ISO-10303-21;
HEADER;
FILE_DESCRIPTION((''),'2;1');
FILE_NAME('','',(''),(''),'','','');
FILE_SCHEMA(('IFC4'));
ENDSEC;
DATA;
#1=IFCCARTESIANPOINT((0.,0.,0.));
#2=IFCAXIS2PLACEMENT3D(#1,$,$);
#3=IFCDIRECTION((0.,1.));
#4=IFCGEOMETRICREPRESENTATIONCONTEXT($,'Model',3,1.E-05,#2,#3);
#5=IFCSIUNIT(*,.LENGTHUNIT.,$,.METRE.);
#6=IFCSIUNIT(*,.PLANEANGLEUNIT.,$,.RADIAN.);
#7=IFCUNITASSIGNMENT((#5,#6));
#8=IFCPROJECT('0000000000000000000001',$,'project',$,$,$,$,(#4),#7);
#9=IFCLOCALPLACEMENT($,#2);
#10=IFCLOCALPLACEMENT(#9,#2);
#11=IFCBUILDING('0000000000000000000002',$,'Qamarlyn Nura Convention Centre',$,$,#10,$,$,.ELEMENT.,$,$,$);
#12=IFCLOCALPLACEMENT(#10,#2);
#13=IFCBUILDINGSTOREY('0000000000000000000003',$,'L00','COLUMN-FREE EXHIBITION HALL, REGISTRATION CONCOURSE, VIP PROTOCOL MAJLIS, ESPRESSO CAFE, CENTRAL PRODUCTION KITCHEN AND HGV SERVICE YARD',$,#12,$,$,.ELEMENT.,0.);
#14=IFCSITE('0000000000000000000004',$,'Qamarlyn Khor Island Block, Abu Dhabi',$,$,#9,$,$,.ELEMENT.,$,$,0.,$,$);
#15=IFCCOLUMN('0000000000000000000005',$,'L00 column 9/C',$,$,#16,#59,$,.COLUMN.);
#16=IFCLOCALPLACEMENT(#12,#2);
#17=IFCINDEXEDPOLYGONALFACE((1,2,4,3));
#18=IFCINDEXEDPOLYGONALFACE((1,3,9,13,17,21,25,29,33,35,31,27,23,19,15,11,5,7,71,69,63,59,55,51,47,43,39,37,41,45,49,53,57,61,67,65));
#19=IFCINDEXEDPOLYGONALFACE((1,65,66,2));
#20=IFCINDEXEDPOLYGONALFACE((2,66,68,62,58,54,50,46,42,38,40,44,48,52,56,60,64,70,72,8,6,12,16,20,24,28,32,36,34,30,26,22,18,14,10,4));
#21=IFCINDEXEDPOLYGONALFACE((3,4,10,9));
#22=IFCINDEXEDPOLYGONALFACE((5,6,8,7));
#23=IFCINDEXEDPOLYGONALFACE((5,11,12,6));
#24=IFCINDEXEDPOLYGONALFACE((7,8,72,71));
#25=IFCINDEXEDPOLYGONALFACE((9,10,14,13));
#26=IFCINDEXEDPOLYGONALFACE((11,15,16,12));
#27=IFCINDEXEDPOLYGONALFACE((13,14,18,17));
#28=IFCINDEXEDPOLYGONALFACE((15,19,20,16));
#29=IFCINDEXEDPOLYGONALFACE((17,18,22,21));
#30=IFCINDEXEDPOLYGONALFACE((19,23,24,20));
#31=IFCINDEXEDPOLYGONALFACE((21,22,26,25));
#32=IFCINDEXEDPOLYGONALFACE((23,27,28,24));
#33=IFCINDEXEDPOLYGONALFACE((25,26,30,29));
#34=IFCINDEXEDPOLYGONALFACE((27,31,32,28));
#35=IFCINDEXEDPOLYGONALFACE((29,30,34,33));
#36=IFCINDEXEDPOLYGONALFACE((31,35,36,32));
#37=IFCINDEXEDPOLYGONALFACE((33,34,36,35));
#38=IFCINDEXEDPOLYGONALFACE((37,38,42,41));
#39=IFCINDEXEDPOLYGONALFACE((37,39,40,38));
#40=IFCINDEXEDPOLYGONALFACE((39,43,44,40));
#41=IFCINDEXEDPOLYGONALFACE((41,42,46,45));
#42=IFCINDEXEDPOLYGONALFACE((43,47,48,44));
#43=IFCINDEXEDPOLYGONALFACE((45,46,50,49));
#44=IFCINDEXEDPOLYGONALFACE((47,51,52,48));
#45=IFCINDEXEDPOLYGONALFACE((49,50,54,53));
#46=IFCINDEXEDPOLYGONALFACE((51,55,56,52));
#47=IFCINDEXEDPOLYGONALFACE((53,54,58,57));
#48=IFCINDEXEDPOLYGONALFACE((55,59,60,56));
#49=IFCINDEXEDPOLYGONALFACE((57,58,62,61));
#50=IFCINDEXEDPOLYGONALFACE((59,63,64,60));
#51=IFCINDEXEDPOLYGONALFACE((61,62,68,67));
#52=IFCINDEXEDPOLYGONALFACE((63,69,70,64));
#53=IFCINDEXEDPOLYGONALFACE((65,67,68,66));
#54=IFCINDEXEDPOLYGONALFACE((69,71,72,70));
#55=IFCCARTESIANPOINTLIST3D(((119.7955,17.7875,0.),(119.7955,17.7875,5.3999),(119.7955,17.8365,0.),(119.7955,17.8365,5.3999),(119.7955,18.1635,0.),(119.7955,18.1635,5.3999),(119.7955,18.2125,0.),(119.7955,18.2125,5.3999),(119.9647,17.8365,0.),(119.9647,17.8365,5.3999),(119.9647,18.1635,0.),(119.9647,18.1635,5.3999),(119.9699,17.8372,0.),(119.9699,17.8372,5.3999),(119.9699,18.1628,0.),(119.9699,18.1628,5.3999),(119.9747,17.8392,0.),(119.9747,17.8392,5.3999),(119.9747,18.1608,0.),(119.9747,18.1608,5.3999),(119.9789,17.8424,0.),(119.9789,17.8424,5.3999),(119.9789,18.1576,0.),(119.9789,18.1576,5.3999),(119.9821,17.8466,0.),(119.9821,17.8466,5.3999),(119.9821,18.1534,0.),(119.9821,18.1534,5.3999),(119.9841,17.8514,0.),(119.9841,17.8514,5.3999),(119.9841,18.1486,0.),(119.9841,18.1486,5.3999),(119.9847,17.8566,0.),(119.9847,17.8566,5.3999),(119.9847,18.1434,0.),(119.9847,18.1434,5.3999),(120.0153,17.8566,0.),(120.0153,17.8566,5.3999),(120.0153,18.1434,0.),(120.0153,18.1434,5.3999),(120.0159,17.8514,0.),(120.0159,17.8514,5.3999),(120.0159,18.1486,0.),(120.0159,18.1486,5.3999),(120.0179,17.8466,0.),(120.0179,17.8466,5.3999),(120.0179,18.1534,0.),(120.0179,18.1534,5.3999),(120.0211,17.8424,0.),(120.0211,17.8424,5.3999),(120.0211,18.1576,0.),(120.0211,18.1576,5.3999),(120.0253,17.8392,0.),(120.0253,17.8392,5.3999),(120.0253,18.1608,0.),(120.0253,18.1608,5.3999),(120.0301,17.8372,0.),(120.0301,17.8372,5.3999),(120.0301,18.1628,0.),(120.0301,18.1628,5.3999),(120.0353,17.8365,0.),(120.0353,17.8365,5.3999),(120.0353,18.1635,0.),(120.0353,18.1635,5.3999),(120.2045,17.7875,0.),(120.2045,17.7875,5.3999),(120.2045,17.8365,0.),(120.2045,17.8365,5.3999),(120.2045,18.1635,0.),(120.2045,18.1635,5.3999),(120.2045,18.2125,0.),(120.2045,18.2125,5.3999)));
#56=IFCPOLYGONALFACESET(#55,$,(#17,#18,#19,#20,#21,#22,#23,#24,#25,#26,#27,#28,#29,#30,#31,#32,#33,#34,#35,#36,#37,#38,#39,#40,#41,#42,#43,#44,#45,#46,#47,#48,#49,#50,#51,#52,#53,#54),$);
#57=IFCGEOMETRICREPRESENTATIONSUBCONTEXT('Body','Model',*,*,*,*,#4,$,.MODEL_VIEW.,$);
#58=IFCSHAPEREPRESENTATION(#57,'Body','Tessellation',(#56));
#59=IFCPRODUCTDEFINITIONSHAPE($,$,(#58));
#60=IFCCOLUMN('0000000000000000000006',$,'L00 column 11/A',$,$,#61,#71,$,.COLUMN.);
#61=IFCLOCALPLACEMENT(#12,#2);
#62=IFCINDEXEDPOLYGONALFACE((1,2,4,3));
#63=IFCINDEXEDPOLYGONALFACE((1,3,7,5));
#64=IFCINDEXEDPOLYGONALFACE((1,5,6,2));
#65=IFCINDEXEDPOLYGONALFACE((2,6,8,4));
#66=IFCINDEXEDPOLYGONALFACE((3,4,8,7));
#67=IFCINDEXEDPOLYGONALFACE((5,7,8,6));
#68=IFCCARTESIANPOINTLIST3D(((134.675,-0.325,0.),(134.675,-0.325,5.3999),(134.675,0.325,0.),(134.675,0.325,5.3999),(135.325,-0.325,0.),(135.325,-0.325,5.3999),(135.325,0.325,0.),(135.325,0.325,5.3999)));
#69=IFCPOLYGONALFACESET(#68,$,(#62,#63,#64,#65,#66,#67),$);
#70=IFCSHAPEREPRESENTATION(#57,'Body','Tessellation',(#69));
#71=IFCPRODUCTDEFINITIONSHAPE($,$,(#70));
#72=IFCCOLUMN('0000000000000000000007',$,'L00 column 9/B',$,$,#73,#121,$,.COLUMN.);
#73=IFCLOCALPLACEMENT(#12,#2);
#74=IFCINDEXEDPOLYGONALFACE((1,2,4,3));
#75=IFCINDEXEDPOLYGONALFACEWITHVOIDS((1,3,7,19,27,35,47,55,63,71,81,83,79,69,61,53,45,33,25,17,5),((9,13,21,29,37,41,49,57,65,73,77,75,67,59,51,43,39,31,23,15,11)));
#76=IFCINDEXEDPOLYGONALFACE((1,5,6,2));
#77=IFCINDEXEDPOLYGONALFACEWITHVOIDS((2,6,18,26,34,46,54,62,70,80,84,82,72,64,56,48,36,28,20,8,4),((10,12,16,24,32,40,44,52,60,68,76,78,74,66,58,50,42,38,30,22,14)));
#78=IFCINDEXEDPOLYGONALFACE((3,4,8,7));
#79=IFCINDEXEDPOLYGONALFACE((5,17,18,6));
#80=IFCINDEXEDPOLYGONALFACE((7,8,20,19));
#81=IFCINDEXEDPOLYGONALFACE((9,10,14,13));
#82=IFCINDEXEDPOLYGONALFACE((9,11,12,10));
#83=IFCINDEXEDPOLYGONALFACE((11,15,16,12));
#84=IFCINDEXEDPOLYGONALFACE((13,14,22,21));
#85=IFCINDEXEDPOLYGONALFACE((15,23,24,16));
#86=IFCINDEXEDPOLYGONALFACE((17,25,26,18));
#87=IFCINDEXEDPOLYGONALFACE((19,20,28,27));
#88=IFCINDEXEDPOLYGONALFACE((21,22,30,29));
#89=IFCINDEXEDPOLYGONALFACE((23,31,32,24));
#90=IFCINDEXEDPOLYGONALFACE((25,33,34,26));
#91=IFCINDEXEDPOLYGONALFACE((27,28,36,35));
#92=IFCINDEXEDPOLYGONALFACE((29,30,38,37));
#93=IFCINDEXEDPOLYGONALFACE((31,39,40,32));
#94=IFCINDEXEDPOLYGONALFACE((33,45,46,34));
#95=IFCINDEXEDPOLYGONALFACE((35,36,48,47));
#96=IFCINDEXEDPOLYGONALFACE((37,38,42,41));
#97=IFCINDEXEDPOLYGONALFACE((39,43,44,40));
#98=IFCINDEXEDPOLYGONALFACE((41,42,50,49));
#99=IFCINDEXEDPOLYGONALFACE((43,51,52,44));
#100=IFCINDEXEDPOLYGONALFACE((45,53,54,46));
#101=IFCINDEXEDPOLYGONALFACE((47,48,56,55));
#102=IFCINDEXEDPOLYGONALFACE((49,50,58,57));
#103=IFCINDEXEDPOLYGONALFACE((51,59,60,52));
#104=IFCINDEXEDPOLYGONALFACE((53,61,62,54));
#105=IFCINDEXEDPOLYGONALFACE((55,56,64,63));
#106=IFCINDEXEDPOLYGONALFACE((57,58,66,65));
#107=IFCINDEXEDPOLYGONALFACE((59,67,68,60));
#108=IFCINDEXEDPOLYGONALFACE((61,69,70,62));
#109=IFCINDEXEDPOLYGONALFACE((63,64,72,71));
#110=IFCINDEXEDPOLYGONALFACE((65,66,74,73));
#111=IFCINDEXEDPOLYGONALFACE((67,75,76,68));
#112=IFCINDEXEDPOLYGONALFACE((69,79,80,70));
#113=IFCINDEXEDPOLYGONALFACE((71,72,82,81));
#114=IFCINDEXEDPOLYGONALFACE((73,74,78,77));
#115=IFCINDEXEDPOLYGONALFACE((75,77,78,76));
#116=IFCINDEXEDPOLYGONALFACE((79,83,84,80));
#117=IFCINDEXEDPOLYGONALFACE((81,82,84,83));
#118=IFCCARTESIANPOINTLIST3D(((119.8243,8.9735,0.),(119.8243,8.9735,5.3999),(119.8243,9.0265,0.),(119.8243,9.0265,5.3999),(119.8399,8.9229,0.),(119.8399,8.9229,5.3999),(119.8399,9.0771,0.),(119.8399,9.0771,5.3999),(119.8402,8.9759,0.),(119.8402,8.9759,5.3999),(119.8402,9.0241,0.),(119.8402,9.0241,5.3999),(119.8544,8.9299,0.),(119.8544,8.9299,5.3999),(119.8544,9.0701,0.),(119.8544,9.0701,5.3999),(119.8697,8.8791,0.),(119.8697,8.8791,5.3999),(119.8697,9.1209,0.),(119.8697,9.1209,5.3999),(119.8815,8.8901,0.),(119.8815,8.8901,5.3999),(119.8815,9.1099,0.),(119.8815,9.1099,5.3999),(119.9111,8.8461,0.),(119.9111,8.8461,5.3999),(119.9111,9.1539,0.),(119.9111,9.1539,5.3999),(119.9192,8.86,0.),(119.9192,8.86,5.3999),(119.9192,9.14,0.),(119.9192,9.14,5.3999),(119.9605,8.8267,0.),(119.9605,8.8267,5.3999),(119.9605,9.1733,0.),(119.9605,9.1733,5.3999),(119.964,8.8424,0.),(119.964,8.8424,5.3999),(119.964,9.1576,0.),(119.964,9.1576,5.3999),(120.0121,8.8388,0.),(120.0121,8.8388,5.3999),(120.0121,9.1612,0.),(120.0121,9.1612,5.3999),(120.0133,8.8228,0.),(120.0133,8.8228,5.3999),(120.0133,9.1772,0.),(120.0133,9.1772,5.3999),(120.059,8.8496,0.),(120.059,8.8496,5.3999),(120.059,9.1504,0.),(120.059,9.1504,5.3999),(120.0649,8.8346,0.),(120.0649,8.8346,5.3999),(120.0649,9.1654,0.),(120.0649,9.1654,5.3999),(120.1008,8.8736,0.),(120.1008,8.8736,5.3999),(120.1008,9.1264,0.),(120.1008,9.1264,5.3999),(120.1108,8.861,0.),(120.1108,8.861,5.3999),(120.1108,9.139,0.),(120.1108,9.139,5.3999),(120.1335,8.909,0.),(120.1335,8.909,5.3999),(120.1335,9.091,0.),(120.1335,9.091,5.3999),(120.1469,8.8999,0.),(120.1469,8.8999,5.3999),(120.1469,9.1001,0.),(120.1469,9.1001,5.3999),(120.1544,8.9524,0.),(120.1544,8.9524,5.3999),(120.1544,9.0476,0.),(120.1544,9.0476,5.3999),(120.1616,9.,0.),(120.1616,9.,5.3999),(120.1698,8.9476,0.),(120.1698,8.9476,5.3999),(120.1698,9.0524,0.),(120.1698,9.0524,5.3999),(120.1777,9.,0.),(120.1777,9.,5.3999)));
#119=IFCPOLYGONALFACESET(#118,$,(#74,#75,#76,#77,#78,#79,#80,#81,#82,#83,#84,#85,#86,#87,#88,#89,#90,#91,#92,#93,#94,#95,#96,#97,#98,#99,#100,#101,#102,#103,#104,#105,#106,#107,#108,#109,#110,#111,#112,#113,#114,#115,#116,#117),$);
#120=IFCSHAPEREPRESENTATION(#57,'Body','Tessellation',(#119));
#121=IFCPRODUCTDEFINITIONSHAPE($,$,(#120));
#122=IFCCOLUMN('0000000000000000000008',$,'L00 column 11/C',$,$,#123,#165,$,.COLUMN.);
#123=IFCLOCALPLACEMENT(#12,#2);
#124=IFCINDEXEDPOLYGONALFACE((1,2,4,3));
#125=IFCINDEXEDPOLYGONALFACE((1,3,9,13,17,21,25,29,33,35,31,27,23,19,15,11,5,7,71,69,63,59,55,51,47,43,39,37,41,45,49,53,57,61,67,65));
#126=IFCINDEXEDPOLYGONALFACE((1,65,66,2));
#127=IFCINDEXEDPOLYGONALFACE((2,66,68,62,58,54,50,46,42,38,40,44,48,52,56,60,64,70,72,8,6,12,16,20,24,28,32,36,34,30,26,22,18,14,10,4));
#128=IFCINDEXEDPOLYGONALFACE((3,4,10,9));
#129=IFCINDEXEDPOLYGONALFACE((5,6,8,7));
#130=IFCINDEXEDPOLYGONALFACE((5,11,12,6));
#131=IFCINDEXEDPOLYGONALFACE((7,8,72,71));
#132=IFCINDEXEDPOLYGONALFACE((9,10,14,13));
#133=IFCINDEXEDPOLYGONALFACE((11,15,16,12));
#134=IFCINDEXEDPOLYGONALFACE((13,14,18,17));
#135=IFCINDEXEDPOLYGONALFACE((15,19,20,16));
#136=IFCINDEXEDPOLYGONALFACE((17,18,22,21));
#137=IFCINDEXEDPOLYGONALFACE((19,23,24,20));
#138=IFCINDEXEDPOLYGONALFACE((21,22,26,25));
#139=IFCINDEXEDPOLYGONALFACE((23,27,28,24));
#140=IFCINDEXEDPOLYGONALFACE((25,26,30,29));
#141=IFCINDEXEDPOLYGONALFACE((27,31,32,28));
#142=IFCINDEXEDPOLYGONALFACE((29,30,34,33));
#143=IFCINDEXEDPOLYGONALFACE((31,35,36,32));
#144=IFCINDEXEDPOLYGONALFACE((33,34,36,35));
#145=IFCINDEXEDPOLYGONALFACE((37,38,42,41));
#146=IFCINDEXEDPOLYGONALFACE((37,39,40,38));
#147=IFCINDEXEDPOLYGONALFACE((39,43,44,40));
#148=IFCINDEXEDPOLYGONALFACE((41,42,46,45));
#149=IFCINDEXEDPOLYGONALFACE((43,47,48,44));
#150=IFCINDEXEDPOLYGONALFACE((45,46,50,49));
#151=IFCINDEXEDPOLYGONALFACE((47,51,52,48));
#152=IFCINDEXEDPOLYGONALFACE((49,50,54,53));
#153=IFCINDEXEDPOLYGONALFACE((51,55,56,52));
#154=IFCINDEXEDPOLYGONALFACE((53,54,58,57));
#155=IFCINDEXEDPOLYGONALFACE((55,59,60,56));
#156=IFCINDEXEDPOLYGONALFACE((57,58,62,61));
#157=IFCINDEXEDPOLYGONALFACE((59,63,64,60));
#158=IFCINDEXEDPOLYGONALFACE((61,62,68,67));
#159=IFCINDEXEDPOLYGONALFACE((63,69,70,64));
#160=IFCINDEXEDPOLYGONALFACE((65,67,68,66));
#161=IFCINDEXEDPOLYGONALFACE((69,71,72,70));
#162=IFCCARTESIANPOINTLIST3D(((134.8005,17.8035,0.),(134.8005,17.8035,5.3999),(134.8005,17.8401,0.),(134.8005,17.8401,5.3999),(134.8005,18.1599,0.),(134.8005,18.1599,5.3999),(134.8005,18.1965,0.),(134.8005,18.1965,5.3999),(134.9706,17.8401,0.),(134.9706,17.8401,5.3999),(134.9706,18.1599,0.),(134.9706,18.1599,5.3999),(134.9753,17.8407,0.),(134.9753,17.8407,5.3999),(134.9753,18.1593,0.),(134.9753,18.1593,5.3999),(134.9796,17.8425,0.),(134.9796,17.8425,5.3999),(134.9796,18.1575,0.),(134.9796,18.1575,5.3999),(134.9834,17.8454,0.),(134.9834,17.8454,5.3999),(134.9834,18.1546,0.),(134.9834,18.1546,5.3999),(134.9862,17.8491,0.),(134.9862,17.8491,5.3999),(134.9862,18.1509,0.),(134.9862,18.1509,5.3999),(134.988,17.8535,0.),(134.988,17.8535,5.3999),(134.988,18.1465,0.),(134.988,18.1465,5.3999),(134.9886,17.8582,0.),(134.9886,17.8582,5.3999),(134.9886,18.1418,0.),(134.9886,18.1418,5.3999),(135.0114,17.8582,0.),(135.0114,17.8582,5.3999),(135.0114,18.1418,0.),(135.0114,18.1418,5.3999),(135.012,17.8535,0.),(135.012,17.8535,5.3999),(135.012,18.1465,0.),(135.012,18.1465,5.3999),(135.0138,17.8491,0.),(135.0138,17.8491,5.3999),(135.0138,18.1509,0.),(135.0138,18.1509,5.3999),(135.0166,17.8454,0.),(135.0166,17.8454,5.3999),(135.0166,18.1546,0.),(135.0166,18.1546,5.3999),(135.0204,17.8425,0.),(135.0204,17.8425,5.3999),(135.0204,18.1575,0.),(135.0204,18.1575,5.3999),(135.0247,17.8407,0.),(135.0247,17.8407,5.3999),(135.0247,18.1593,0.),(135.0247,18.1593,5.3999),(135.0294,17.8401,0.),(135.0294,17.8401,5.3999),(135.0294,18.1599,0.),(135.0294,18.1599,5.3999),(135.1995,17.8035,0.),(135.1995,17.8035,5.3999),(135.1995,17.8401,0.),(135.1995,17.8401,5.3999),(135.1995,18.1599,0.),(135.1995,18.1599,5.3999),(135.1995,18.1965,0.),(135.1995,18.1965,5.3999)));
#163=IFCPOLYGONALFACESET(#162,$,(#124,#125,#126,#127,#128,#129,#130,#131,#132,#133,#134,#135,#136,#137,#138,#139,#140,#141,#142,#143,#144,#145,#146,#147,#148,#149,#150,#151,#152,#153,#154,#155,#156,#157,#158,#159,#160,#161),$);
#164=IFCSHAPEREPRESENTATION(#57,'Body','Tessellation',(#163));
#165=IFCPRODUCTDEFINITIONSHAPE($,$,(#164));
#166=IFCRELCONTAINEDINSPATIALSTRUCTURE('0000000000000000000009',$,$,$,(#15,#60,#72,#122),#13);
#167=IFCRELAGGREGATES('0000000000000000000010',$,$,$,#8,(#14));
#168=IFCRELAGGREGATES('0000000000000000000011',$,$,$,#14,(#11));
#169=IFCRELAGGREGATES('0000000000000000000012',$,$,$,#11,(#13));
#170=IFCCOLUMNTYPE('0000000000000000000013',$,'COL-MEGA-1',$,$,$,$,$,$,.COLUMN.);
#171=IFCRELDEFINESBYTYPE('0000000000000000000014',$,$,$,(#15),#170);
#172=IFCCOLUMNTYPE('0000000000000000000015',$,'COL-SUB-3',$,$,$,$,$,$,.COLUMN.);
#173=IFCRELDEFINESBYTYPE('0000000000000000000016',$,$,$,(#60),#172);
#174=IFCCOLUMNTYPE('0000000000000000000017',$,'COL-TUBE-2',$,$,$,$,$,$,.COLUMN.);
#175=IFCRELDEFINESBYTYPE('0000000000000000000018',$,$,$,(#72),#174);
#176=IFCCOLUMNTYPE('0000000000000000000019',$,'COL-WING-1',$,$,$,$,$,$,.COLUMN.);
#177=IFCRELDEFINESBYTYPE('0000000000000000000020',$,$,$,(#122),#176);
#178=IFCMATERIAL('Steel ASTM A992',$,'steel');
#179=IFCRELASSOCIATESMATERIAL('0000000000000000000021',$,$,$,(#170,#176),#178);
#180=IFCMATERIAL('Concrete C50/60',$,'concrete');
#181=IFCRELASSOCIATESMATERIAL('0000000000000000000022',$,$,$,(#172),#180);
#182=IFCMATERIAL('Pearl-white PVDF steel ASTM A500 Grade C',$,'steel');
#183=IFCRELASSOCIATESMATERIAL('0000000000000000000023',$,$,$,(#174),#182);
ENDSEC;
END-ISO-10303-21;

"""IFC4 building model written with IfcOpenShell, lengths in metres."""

from ifc_helpers import new_model, si_unit, direction, frame, origin, origin_2d, place, context, subcontext, project, spatial, rectangle, hollow_circle, i_section, extrude, material, material_profile, profile_set, type_object, element, save


model = new_model("IFC4")

# Units and contexts
model_context = context("Model", 3, precision=1e-05, world=origin(), true_north=direction((0.0, 1.0)))
body_context = subcontext(model_context, "Body", "Model", "MODEL_VIEW")
ifc_project = project(units=[si_unit("LENGTHUNIT", "METRE"), si_unit("PLANEANGLEUNIT", "RADIAN")], contexts=[model_context])

# Site, building, storey
site_placement = place(None, origin())
site = spatial("IfcSite", under=ifc_project, at=site_placement, Name="Qamarlyn Khor Island Block, Abu Dhabi", CompositionType="ELEMENT", RefElevation=0.0)
building_placement = place(site_placement, origin())
building = spatial("IfcBuilding", under=site, at=building_placement, Name="Qamarlyn Nura Convention Centre", CompositionType="ELEMENT")
storey_placement = place(building_placement, origin())
storey = spatial("IfcBuildingStorey", under=building, at=storey_placement, Name="L00", Description="COLUMN-FREE EXHIBITION HALL, REGISTRATION CONCOURSE, VIP PROTOCOL MAJLIS, ESPRESSO CAFE, CENTRAL PRODUCTION KITCHEN AND HGV SERVICE YARD", CompositionType="ELEMENT", Elevation=0.0)

# Columns
ifc_material_1 = material(Name="Steel ASTM A992", Category="steel")
ifc_material_profile_1 = material_profile(ifc_material_1, i_section(OverallWidth=0.4089, OverallDepth=0.425, WebThickness=0.0305, FlangeThickness=0.0491, FilletRadius=0.02, at=origin_2d()), Name="W360X421")
ifc_profile_set_1 = profile_set([ifc_material_profile_1], Name="Steel ASTM A992")
column_type_1 = type_object("IfcColumnType", Name="COL-MEGA-1", PredefinedType="COLUMN", material=ifc_profile_set_1)
column_1_placement = place(storey_placement, frame((120.0, 18.0, 0.0), z_axis=(0.0, 0.0, 1.0), x_axis=(1.0, 0.0, 0.0)))
element("IfcColumn", 1, at=column_1_placement, inside=storey, type_object=column_type_1, Name="L00 column 9/C", PredefinedType="COLUMN", context=body_context, shape_type="SweptSolid", body=[
    extrude(i_section(OverallWidth=0.4089, OverallDepth=0.425, WebThickness=0.0305, FlangeThickness=0.0491, FilletRadius=0.02, at=origin_2d()), origin(), (0.0, 0.0, 1.0), 5.3999),
])
ifc_material_2 = material(Name="Concrete C50/60", Category="concrete")
ifc_material_profile_2 = material_profile(ifc_material_2, rectangle(XDim=0.6499, YDim=0.6499, at=origin_2d()), Name="RC 650x650")
ifc_profile_set_2 = profile_set([ifc_material_profile_2], Name="Concrete C50/60")
column_type_2 = type_object("IfcColumnType", Name="COL-SUB-3", PredefinedType="COLUMN", material=ifc_profile_set_2)
column_2_placement = place(storey_placement, frame((135.0, 0.0, 0.0), z_axis=(0.0, 0.0, 1.0), x_axis=(1.0, 0.0, 0.0)))
element("IfcColumn", 2, at=column_2_placement, inside=storey, type_object=column_type_2, Name="L00 column 11/A", PredefinedType="COLUMN", context=body_context, shape_type="SweptSolid", body=[
    extrude(rectangle(XDim=0.6499, YDim=0.6499, at=origin_2d()), origin(), (0.0, 0.0, 1.0), 5.3999),
])
ifc_material_3 = material(Name="Pearl-white PVDF steel ASTM A500 Grade C", Category="steel")
ifc_material_profile_3 = material_profile(ifc_material_3, hollow_circle(Radius=0.1777, WallThickness=0.0161, at=origin_2d()), Name="CHS355.6X16")
ifc_profile_set_3 = profile_set([ifc_material_profile_3], Name="Pearl-white PVDF steel ASTM A500 Grade C")
column_type_3 = type_object("IfcColumnType", Name="COL-TUBE-2", PredefinedType="COLUMN", material=ifc_profile_set_3)
column_3_placement = place(storey_placement, frame((120.0, 9.0, 0.0), z_axis=(0.0, 0.0, 1.0), x_axis=(1.0, 0.0, 0.0)))
element("IfcColumn", 3, at=column_3_placement, inside=storey, type_object=column_type_3, Name="L00 column 9/B", PredefinedType="COLUMN", context=body_context, shape_type="SweptSolid", body=[
    extrude(hollow_circle(Radius=0.1777, WallThickness=0.0161, at=origin_2d()), origin(), (0.0, 0.0, 1.0), 5.3999),
])
ifc_material_profile_4 = material_profile(ifc_material_1, i_section(OverallWidth=0.3989, OverallDepth=0.3931, WebThickness=0.0227, FlangeThickness=0.0366, FilletRadius=0.0181, at=origin_2d()), Name="W360X287")
ifc_profile_set_4 = profile_set([ifc_material_profile_4], Name="Steel ASTM A992")
column_type_4 = type_object("IfcColumnType", Name="COL-WING-1", PredefinedType="COLUMN", material=ifc_profile_set_4)
column_4_placement = place(storey_placement, frame((135.0, 18.0, 0.0), z_axis=(0.0, 0.0, 1.0), x_axis=(1.0, 0.0, 0.0)))
element("IfcColumn", 4, at=column_4_placement, inside=storey, type_object=column_type_4, Name="L00 column 11/C", PredefinedType="COLUMN", context=body_context, shape_type="SweptSolid", body=[
    extrude(i_section(OverallWidth=0.3989, OverallDepth=0.3931, WebThickness=0.0227, FlangeThickness=0.0366, FilletRadius=0.0181, at=origin_2d()), origin(), (0.0, 0.0, 1.0), 5.3999),
])

save(model, "model.ifc")
